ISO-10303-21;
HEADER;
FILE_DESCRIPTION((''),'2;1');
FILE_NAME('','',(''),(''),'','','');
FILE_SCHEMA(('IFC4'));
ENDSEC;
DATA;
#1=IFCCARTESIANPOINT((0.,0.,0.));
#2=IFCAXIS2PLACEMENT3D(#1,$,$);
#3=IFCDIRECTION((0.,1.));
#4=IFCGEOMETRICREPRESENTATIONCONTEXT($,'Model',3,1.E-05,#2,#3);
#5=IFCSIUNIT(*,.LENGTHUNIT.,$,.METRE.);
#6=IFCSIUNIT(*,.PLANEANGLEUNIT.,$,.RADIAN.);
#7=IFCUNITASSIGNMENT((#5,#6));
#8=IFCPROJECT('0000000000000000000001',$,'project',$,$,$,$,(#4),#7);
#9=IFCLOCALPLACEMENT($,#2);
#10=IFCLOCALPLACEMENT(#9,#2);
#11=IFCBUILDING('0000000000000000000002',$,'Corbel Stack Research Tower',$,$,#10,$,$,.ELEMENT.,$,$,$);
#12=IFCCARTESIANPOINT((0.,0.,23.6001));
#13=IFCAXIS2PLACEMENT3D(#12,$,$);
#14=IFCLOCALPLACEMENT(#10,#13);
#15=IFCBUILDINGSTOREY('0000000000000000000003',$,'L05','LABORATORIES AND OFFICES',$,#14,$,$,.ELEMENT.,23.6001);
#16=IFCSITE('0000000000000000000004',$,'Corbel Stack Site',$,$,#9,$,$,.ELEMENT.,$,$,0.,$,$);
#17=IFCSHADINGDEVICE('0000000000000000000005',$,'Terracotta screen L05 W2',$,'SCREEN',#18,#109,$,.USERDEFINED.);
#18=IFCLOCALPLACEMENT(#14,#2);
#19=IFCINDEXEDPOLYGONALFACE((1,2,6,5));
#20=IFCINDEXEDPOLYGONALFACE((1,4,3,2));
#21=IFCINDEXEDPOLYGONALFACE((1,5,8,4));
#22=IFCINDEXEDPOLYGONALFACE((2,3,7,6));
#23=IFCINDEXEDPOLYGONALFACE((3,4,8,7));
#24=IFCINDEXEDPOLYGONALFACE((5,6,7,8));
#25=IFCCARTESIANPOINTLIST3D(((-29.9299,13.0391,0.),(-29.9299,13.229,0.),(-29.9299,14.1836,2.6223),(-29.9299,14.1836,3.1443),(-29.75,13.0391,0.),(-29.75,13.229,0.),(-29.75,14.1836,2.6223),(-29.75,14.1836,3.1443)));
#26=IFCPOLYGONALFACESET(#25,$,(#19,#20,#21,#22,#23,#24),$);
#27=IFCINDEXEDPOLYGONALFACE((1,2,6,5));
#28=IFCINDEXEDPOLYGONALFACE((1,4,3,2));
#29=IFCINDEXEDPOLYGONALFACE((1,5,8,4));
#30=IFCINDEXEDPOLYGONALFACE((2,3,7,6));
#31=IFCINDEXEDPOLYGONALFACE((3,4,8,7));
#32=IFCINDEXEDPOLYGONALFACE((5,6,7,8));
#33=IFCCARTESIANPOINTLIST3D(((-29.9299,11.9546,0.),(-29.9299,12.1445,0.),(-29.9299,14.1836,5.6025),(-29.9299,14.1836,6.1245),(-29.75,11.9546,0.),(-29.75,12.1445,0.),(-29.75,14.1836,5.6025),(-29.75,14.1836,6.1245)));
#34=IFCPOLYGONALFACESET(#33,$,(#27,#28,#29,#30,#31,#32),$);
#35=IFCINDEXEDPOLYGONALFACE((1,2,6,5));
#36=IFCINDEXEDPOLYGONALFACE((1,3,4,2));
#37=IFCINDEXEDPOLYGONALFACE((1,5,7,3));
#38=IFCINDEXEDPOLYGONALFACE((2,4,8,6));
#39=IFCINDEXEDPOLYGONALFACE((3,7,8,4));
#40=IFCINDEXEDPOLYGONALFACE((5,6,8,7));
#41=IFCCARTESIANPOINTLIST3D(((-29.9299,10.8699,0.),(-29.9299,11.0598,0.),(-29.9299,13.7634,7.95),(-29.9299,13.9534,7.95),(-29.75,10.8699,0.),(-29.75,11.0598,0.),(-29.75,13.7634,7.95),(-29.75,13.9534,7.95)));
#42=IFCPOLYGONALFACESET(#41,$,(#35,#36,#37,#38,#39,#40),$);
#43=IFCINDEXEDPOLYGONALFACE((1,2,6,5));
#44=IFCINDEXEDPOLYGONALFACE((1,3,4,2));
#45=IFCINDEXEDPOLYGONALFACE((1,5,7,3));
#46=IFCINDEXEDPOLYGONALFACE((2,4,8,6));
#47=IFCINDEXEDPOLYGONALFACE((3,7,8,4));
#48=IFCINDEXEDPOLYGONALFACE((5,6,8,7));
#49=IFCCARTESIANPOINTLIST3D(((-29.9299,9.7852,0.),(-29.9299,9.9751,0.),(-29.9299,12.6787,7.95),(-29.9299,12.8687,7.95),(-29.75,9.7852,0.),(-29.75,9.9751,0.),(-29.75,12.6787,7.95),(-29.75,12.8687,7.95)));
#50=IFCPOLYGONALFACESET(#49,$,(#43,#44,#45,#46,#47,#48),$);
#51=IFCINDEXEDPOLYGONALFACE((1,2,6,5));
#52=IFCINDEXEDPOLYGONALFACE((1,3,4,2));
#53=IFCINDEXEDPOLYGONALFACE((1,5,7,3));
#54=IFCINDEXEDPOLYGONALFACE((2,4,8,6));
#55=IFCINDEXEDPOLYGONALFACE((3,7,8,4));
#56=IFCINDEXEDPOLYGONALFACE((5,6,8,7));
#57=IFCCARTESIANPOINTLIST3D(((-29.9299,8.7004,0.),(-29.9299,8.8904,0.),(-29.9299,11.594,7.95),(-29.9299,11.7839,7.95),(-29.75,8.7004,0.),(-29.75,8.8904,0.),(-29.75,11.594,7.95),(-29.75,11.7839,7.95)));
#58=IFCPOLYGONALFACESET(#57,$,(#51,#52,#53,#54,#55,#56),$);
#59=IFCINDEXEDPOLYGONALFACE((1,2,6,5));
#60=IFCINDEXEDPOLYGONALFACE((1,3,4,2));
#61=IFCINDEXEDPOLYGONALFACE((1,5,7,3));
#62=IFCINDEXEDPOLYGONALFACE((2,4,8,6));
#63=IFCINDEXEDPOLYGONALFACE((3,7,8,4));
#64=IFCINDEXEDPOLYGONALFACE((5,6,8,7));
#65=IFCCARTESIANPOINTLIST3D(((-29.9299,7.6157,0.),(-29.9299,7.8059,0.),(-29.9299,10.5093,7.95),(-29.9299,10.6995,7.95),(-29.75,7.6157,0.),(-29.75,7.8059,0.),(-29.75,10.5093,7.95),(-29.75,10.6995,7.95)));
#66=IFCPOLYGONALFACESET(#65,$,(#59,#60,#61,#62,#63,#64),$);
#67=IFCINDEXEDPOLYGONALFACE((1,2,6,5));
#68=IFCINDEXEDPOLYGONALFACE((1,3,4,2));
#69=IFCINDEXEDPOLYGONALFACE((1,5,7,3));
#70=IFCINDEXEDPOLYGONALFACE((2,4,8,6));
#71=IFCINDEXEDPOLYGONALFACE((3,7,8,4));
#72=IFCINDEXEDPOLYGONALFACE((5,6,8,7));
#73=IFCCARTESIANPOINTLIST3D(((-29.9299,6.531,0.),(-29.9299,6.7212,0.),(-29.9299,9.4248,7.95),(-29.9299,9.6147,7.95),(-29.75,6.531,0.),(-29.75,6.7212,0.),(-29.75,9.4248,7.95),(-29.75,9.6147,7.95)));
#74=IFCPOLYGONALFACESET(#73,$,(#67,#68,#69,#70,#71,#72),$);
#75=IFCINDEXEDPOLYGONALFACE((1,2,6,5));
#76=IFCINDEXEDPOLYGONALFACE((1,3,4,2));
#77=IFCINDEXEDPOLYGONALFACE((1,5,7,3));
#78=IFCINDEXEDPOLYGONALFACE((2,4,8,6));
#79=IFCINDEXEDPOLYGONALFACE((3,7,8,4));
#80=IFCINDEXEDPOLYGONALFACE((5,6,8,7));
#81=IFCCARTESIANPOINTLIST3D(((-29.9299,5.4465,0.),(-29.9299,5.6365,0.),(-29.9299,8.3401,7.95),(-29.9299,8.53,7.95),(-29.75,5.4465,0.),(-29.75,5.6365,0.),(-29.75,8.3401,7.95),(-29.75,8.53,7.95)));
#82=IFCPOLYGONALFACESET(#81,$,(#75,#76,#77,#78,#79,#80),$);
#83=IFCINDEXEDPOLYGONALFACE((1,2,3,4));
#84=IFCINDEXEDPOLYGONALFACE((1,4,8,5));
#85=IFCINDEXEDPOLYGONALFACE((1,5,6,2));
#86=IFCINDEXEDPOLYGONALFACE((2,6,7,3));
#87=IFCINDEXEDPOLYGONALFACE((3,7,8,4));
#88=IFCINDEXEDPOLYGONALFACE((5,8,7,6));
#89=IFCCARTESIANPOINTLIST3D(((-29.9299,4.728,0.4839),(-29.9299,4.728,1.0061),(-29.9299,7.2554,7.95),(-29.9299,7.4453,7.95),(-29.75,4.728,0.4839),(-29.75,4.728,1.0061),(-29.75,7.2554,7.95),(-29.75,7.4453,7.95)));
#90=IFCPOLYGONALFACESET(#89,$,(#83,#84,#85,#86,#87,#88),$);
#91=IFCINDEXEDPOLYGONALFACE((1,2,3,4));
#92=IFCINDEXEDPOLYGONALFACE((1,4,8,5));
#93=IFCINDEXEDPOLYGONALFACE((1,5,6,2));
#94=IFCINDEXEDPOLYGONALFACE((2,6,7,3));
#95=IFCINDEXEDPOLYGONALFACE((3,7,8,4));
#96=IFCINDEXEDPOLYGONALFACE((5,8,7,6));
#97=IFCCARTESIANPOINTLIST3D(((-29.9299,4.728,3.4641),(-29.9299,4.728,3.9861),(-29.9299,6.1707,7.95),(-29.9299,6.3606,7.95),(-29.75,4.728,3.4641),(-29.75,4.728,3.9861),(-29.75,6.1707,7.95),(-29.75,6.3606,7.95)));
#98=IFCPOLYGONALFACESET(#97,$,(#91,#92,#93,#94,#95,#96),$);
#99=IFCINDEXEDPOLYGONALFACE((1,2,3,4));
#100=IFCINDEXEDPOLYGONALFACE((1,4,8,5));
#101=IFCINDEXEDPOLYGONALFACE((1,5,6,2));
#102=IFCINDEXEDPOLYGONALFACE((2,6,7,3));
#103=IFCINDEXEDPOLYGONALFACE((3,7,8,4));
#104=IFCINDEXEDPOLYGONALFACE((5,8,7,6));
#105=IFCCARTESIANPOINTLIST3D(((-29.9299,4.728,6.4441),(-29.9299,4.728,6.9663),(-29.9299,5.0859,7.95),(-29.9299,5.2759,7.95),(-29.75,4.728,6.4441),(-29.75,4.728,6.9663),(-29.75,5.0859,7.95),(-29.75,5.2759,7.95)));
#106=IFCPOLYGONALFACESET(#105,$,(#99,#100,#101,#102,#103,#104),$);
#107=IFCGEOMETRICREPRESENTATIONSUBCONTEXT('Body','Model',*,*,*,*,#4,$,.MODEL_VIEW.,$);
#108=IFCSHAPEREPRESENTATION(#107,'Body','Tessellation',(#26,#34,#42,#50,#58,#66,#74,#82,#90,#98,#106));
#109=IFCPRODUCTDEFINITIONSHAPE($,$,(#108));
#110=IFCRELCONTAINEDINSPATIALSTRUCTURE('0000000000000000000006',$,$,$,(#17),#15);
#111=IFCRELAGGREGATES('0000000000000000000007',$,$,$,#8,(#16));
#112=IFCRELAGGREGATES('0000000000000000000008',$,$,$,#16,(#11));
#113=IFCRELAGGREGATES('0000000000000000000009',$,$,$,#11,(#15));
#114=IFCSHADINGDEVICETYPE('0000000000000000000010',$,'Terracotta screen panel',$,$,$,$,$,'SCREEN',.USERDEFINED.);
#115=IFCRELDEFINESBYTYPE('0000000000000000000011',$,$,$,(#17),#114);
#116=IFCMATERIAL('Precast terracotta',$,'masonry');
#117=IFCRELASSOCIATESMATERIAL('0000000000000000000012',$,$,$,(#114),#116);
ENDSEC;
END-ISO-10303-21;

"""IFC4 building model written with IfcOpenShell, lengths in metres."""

from ifc_helpers import new_model, si_unit, direction, frame, origin, place, context, subcontext, project, spatial, polyline, outline, extrude, source, transform, mapped, material, type_object, element, save


model = new_model("IFC4")

# Units and contexts
model_context = context("Model", 3, precision=1e-05, world=origin(), true_north=direction((0.0, 1.0)))
body_context = subcontext(model_context, "Body", "Model", "MODEL_VIEW")
ifc_project = project(units=[si_unit("LENGTHUNIT", "METRE"), si_unit("PLANEANGLEUNIT", "RADIAN")], contexts=[model_context])

# Site, building, storey
site_placement = place(None, origin())
site = spatial("IfcSite", under=ifc_project, at=site_placement, Name="Corbel Stack Site", CompositionType="ELEMENT", RefElevation=0.0)
building_placement = place(site_placement, origin())
building = spatial("IfcBuilding", under=site, at=building_placement, Name="Corbel Stack Research Tower", CompositionType="ELEMENT")
storey_placement = place(building_placement, frame((0.0, 0.0, 23.6001)))
storey = spatial("IfcBuildingStorey", under=building, at=storey_placement, Name="L05", Description="LABORATORIES AND OFFICES", CompositionType="ELEMENT", Elevation=23.6001)

# Shading device
ifc_material_1 = material(Name="Precast terracotta", Category="masonry")
shading_device_type = type_object("IfcShadingDeviceType", Name="Terracotta screen panel", ElementType="SCREEN", PredefinedType="USERDEFINED", material=ifc_material_1)
shared_shape_1 = source(origin(), body_context, "Body", "SweptSolid", [
    extrude(outline(polyline([(1.1445, 0.0), (0.0, 3.1443), (0.0, 2.6223), (0.9546, 0.0), (1.1445, 0.0)])), frame((0.0, 0.0, 0.0), z_axis=(0.0, -1.0, 0.0), x_axis=(1.0, 0.0, 0.0)), (0.0, 0.0, 1.0), 0.1799),
    extrude(outline(polyline([(2.229, 0.0), (0.0, 6.1245), (0.0, 5.6025), (2.0391, 0.0), (2.229, 0.0)])), frame((0.0, 0.0, 0.0), z_axis=(0.0, -1.0, 0.0), x_axis=(1.0, 0.0, 0.0)), (0.0, 0.0, 1.0), 0.1799),
    extrude(outline(polyline([(3.3137, 0.0), (0.4202, 7.95), (0.2302, 7.95), (3.1238, 0.0), (3.3137, 0.0)])), frame((0.0, 0.0, 0.0), z_axis=(0.0, -1.0, 0.0), x_axis=(1.0, 0.0, 0.0)), (0.0, 0.0, 1.0), 0.1799),
    extrude(outline(polyline([(4.3984, 0.0), (1.5049, 7.95), (1.3149, 7.95), (4.2085, 0.0), (4.3984, 0.0)])), frame((0.0, 0.0, 0.0), z_axis=(0.0, -1.0, 0.0), x_axis=(1.0, 0.0, 0.0)), (0.0, 0.0, 1.0), 0.1799),
    extrude(outline(polyline([(5.4832, 0.0), (2.5896, 7.95), (2.3997, 7.95), (5.2932, 0.0), (5.4832, 0.0)])), frame((0.0, 0.0, 0.0), z_axis=(0.0, -1.0, 0.0), x_axis=(1.0, 0.0, 0.0)), (0.0, 0.0, 1.0), 0.1799),
    extrude(outline(polyline([(6.5679, 0.0), (3.6743, 7.95), (3.4841, 7.95), (6.3777, 0.0), (6.5679, 0.0)])), frame((0.0, 0.0, 0.0), z_axis=(0.0, -1.0, 0.0), x_axis=(1.0, 0.0, 0.0)), (0.0, 0.0, 1.0), 0.1799),
    extrude(outline(polyline([(7.6526, 0.0), (4.7588, 7.95), (4.5688, 7.95), (7.4624, 0.0), (7.6526, 0.0)])), frame((0.0, 0.0, 0.0), z_axis=(0.0, -1.0, 0.0), x_axis=(1.0, 0.0, 0.0)), (0.0, 0.0, 1.0), 0.1799),
    extrude(outline(polyline([(8.7371, 0.0), (5.8435, 7.95), (5.6536, 7.95), (8.5471, 0.0), (8.7371, 0.0)])), frame((0.0, 0.0, 0.0), z_axis=(0.0, -1.0, 0.0), x_axis=(1.0, 0.0, 0.0)), (0.0, 0.0, 1.0), 0.1799),
    extrude(outline(polyline([(6.9282, 7.95), (6.7383, 7.95), (9.4556, 0.4839), (9.4556, 1.0061), (6.9282, 7.95)])), frame((0.0, 0.0, 0.0), z_axis=(0.0, -1.0, 0.0), x_axis=(1.0, 0.0, 0.0)), (0.0, 0.0, 1.0), 0.1799),
    extrude(outline(polyline([(8.0129, 7.95), (7.823, 7.95), (9.4556, 3.4641), (9.4556, 3.9861), (8.0129, 7.95)])), frame((0.0, 0.0, 0.0), z_axis=(0.0, -1.0, 0.0), x_axis=(1.0, 0.0, 0.0)), (0.0, 0.0, 1.0), 0.1799),
    extrude(outline(polyline([(9.0977, 7.95), (8.9077, 7.95), (9.4556, 6.4441), (9.4556, 6.9663), (9.0977, 7.95)])), frame((0.0, 0.0, 0.0), z_axis=(0.0, -1.0, 0.0), x_axis=(1.0, 0.0, 0.0)), (0.0, 0.0, 1.0), 0.1799),
])
shading_device_1_placement = place(storey_placement, frame((-29.75, 14.1836, 0.0), z_axis=(0.0, 0.0, 1.0), x_axis=(0.0, -1.0, 0.0)))
element("IfcShadingDevice", 1, at=shading_device_1_placement, inside=storey, type_object=shading_device_type, Name="Terracotta screen L05 W2", ObjectType="SCREEN", PredefinedType="USERDEFINED", context=body_context, shape_type="MappedRepresentation", body=[
    mapped(shared_shape_1, transform((0.0, 0.0, 0.0))),
])

save(model, "model.ifc")
